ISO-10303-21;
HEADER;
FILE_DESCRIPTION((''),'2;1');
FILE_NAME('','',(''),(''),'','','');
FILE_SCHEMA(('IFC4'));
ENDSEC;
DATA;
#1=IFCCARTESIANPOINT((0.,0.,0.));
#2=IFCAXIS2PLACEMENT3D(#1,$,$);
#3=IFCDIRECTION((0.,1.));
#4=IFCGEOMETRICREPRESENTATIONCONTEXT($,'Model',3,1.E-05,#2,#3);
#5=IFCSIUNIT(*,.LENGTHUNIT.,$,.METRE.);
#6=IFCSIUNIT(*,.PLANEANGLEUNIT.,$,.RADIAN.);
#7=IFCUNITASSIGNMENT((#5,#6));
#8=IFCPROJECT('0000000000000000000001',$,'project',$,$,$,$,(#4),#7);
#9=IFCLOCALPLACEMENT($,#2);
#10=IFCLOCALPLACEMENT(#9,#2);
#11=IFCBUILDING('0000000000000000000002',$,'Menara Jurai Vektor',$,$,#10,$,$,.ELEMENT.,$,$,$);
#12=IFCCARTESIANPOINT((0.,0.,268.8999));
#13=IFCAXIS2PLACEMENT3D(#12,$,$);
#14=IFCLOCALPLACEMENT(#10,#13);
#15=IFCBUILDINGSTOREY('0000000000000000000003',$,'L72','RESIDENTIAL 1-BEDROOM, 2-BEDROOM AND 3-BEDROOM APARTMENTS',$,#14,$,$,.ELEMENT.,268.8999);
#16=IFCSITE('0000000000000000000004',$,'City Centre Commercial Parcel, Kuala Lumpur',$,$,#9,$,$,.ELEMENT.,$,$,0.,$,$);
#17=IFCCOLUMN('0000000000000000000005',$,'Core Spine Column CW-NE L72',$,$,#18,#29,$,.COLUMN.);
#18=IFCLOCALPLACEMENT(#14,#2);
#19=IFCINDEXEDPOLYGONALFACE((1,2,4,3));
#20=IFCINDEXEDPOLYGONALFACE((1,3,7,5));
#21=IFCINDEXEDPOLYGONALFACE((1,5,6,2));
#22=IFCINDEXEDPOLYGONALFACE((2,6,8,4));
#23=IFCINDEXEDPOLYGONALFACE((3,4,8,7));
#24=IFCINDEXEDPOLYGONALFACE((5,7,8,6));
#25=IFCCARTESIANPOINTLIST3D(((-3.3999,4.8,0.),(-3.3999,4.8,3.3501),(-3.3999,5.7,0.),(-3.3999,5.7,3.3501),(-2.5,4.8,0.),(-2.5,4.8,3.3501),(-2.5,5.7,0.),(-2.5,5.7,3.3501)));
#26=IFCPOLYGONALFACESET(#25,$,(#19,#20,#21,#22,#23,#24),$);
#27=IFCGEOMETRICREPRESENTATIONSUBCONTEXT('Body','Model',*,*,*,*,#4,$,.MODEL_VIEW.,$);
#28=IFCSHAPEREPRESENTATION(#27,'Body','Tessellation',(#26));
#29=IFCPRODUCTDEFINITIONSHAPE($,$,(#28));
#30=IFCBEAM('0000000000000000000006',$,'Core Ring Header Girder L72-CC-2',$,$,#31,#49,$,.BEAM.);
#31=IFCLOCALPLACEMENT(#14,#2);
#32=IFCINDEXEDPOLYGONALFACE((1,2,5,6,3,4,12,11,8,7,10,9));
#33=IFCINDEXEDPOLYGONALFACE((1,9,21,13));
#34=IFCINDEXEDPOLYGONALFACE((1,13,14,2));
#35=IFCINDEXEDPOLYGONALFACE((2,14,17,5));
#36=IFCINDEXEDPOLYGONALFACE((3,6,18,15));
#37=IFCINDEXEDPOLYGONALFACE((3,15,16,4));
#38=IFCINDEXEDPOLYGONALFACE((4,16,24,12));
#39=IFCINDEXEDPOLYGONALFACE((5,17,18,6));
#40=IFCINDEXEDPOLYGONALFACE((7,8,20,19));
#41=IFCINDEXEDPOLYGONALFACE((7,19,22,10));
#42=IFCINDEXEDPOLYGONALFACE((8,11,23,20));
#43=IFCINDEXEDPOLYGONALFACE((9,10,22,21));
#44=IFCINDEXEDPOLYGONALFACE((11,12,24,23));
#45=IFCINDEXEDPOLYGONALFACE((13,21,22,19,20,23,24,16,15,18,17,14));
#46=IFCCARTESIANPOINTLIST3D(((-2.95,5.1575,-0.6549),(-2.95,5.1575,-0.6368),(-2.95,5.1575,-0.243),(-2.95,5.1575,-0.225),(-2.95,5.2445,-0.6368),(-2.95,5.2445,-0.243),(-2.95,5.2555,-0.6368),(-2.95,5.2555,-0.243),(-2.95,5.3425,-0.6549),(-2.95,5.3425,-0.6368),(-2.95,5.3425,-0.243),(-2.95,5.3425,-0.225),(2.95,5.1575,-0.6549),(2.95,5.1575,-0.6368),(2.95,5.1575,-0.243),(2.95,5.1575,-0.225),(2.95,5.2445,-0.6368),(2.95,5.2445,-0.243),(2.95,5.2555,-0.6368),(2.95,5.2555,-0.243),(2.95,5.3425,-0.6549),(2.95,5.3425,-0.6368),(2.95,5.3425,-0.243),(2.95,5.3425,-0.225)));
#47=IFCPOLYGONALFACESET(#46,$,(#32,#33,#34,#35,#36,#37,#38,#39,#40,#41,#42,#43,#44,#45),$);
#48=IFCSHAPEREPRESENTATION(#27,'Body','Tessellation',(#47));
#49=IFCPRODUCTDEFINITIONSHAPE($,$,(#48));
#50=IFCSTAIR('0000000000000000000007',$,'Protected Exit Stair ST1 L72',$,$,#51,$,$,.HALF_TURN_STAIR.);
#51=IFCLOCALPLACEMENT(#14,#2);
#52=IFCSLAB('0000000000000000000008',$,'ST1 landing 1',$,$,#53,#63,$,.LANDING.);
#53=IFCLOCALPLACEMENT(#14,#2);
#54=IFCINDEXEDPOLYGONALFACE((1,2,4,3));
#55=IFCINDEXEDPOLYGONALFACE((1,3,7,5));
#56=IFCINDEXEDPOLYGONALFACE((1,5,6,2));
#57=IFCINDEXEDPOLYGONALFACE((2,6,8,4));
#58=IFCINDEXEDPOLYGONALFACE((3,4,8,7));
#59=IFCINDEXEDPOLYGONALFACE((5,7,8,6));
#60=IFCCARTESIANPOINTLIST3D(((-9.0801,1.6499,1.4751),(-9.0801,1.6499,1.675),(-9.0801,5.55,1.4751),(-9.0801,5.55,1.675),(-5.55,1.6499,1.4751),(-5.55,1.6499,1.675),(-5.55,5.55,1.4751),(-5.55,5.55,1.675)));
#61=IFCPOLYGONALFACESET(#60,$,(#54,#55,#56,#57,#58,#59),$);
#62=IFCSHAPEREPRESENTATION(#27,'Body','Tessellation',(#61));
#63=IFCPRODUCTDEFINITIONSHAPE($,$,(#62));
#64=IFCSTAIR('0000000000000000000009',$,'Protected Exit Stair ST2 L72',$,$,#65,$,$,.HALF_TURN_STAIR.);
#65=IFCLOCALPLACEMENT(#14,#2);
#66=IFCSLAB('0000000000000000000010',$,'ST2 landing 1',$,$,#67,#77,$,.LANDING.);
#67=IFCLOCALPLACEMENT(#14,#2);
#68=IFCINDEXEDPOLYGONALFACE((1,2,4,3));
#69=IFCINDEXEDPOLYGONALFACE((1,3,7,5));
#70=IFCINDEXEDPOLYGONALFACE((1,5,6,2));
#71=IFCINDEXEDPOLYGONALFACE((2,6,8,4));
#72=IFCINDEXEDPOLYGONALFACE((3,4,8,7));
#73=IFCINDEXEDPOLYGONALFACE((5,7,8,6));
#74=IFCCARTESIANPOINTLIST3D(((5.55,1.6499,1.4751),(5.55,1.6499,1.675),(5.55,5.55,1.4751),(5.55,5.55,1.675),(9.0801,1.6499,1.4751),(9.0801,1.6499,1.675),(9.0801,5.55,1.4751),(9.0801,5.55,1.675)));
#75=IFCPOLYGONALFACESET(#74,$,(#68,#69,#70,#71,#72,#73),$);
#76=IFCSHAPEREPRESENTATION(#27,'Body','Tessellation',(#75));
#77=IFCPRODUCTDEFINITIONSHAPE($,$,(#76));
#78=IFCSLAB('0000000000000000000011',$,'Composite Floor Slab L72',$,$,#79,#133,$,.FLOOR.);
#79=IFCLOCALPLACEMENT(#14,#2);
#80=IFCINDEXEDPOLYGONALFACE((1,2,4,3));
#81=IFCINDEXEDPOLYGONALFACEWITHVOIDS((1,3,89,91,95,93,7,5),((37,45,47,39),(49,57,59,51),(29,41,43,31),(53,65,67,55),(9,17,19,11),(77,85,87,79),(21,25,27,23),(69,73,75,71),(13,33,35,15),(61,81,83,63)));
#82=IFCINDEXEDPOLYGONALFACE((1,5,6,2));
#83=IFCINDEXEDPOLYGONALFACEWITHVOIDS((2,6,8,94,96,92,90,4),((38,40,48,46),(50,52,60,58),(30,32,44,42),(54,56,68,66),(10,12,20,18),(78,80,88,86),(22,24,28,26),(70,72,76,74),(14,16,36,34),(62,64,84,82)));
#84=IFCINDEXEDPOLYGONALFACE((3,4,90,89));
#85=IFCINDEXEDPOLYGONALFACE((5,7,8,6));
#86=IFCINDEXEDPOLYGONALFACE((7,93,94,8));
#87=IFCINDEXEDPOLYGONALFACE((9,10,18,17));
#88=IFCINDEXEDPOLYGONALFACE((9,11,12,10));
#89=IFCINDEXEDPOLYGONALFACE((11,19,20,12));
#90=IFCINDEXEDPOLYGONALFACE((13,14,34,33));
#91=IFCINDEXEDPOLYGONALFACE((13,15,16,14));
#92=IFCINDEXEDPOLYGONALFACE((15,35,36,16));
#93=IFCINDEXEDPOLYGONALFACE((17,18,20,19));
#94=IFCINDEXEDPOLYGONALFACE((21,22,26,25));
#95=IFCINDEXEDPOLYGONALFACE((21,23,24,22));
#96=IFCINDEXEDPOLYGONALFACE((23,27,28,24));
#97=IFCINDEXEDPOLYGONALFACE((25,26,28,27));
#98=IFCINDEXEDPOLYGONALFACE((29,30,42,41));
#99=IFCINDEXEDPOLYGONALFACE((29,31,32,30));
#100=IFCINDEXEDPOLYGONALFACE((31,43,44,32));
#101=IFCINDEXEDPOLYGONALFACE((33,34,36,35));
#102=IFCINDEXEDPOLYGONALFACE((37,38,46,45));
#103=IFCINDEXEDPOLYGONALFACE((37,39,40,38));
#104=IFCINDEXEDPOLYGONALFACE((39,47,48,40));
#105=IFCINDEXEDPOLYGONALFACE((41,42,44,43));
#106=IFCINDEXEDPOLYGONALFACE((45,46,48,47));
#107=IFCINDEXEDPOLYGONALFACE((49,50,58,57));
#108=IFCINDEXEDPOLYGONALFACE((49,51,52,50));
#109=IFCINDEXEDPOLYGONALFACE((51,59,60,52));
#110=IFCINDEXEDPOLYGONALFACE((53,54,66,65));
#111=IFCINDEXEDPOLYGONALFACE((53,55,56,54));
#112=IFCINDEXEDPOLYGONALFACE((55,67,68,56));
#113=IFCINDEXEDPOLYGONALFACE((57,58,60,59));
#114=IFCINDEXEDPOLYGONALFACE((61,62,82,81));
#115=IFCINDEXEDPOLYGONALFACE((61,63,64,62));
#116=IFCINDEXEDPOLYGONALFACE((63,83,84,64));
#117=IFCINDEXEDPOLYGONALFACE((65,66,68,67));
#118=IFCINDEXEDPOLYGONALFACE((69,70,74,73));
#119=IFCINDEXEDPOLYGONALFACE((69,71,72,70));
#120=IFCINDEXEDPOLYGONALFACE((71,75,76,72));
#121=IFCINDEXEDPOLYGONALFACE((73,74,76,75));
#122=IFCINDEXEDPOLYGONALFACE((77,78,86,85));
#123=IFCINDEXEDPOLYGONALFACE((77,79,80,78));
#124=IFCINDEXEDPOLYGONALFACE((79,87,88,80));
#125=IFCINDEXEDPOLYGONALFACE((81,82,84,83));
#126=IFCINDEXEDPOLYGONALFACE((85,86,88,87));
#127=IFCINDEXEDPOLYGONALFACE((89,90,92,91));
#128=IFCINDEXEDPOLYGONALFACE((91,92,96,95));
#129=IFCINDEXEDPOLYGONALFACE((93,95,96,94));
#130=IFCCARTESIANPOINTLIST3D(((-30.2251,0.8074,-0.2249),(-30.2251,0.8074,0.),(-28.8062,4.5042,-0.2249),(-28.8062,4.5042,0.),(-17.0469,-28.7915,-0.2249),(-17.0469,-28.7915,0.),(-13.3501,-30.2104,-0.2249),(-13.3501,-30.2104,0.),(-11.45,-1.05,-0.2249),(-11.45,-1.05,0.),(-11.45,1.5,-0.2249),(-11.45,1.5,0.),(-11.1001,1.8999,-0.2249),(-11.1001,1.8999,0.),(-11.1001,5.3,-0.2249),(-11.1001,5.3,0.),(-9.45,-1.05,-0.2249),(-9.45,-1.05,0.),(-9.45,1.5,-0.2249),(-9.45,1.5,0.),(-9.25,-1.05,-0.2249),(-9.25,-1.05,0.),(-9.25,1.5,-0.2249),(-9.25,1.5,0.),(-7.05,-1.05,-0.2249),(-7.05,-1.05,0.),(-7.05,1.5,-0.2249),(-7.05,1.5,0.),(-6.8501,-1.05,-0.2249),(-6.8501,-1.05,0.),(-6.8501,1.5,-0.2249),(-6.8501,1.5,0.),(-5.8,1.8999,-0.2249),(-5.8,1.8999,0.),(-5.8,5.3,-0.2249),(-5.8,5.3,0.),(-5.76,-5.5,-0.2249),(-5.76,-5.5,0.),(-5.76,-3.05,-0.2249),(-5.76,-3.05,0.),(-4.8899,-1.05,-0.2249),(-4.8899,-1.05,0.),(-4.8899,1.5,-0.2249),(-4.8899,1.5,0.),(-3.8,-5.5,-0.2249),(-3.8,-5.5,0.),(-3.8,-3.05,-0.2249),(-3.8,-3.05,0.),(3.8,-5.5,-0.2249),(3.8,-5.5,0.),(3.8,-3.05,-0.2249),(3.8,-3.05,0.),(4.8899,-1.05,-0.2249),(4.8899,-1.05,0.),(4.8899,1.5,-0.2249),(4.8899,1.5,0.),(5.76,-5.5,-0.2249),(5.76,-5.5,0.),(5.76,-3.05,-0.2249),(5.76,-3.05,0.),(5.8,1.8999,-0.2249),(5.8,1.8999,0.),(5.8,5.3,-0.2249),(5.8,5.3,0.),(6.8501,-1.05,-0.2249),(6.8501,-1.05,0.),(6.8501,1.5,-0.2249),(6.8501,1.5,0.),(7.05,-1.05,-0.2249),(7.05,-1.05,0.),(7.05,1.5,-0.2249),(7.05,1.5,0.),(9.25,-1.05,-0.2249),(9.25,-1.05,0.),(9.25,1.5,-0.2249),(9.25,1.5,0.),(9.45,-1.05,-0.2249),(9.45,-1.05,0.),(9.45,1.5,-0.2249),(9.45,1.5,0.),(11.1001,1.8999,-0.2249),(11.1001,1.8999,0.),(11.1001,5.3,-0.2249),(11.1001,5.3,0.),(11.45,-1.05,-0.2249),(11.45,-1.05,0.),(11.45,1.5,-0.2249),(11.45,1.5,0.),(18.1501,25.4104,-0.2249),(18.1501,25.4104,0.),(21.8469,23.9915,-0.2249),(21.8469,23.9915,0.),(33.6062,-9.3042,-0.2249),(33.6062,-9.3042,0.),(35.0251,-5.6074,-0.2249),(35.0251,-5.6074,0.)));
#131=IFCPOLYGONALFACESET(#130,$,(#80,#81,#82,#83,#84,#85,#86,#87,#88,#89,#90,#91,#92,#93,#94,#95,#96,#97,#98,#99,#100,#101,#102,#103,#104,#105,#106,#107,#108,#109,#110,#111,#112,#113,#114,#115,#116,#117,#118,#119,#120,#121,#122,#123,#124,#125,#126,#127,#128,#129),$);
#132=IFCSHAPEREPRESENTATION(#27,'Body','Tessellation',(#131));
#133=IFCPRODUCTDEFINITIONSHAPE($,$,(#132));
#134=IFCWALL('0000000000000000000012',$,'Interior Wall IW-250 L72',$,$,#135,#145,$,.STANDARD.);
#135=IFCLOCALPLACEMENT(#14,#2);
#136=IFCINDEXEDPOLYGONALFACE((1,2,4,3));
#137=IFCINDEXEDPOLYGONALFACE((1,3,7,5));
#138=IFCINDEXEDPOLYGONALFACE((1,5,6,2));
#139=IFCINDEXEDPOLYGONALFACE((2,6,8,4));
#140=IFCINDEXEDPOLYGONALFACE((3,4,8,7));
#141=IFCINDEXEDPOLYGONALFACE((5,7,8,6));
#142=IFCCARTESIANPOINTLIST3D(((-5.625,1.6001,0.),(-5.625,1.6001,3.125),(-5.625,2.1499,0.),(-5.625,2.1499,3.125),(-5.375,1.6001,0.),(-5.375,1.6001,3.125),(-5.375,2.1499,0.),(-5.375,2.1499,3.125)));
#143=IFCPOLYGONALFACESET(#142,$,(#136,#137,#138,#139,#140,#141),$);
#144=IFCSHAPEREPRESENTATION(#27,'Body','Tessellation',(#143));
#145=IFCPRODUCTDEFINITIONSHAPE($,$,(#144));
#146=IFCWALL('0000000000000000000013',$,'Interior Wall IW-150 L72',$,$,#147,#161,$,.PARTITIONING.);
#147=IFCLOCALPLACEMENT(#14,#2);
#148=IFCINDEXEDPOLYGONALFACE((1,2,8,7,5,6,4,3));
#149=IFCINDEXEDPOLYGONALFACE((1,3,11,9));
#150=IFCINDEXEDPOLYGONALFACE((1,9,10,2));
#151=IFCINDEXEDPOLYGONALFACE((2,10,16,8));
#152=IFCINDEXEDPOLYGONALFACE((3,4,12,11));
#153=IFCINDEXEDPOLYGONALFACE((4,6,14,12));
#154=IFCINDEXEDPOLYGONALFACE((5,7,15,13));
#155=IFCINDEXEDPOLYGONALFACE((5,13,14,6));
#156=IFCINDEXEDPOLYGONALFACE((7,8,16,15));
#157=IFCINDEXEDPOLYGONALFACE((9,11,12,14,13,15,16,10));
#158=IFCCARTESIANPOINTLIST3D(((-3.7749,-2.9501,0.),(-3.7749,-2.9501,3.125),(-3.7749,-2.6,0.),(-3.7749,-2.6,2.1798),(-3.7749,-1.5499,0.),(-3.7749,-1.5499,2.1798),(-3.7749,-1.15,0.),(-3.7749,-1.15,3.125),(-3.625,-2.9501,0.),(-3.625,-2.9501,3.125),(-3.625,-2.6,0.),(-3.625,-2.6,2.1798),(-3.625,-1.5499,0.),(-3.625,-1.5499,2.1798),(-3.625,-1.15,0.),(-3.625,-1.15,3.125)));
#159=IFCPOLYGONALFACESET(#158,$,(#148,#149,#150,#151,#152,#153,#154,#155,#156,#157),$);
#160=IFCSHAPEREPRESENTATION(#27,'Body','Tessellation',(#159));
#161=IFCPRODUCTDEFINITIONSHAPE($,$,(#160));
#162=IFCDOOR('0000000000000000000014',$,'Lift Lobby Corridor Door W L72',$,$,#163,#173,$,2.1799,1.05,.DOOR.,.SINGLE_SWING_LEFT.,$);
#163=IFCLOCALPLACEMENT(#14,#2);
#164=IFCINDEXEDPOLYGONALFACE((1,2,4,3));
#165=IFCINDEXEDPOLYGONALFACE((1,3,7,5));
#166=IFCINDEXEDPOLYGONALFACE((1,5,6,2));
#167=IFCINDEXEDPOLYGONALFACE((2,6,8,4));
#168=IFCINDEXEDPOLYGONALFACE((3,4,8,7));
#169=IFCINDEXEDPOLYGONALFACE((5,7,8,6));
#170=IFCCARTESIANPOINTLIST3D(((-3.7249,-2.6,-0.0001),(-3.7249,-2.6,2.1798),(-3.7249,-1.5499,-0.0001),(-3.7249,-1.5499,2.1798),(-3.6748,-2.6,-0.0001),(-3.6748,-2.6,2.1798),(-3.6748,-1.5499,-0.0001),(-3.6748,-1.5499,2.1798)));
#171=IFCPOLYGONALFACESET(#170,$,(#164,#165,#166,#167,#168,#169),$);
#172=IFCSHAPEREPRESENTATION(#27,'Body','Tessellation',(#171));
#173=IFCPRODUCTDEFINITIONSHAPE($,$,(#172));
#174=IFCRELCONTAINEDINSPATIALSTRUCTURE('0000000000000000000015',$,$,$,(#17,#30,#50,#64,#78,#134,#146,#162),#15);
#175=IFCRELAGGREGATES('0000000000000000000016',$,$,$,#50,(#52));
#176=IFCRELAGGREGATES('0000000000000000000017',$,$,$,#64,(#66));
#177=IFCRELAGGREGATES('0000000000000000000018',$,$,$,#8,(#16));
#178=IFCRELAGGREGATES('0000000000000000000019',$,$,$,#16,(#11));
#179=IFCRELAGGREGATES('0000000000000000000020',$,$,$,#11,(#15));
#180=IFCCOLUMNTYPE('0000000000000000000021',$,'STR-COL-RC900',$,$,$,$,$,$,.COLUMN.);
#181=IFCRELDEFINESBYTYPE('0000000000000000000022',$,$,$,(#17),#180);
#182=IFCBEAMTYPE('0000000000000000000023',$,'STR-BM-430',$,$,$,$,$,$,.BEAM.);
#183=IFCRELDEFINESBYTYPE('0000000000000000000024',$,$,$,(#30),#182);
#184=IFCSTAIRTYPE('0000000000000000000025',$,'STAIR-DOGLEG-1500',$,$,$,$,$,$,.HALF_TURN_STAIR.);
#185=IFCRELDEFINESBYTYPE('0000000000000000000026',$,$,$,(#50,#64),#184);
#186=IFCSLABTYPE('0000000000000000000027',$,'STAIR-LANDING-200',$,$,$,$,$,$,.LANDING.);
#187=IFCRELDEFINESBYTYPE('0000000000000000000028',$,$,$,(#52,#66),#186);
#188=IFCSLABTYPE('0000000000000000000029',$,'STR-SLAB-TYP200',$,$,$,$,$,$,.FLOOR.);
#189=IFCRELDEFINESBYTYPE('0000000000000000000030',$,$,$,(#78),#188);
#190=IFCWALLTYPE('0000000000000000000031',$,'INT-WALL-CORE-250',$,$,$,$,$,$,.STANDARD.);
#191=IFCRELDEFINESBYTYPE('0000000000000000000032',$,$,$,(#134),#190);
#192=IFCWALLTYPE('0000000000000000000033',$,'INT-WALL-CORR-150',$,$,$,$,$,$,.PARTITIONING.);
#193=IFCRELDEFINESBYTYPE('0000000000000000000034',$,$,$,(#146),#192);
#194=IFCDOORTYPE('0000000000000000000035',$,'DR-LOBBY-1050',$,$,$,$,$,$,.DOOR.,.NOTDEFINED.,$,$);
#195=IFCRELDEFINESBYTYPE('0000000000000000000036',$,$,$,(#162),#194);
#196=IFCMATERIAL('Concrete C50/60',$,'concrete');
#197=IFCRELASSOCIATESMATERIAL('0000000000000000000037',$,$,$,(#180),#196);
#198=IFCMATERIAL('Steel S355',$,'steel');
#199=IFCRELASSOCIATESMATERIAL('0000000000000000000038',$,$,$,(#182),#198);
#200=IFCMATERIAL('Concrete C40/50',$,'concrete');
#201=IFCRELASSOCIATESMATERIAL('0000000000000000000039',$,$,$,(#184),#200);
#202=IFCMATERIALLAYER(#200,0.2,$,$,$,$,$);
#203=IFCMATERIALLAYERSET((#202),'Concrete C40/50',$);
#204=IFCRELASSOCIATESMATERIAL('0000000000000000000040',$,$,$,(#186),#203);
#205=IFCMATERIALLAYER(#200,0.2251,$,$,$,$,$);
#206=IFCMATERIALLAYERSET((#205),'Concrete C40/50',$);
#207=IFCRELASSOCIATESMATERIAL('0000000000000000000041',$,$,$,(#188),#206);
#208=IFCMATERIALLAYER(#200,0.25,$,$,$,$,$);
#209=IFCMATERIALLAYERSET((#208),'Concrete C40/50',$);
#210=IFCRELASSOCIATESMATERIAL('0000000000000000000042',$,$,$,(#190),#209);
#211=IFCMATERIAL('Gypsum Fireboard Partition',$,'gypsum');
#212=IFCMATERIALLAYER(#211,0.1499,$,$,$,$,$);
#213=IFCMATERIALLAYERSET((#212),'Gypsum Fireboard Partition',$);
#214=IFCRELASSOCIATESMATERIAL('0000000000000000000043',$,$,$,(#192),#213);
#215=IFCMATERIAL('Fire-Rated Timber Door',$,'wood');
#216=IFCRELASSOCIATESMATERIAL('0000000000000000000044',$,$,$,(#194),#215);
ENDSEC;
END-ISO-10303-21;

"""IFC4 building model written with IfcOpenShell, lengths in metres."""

from ifc_helpers import new_model, si_unit, direction, frame, frame_2d, origin, origin_2d, place, context, subcontext, project, spatial, polyline, rectangle, i_section, outline, extrude, material, layer, layer_set, material_profile, profile_set, type_object, element, fill, aggregate, save


model = new_model("IFC4")

# Units and contexts
model_context = context("Model", 3, precision=1e-05, world=origin(), true_north=direction((0.0, 1.0)))
body_context = subcontext(model_context, "Body", "Model", "MODEL_VIEW")
ifc_project = project(units=[si_unit("LENGTHUNIT", "METRE"), si_unit("PLANEANGLEUNIT", "RADIAN")], contexts=[model_context])

# Site, building, storey
site_placement = place(None, origin())
site = spatial("IfcSite", under=ifc_project, at=site_placement, Name="City Centre Commercial Parcel, Kuala Lumpur", CompositionType="ELEMENT", RefElevation=0.0)
building_placement = place(site_placement, origin())
building = spatial("IfcBuilding", under=site, at=building_placement, Name="Menara Jurai Vektor", CompositionType="ELEMENT")
storey_placement = place(building_placement, frame((0.0, 0.0, 268.8999)))
storey = spatial("IfcBuildingStorey", under=building, at=storey_placement, Name="L72", Description="RESIDENTIAL 1-BEDROOM, 2-BEDROOM AND 3-BEDROOM APARTMENTS", CompositionType="ELEMENT", Elevation=268.8999)

# Column
ifc_material_1 = material(Name="Concrete C50/60", Category="concrete")
ifc_material_profile_1 = material_profile(ifc_material_1, rectangle(XDim=0.8999, YDim=0.8999, at=origin_2d()), Name="RC 900x900")
ifc_profile_set_1 = profile_set([ifc_material_profile_1], Name="Concrete C50/60")
column_type = type_object("IfcColumnType", Name="STR-COL-RC900", PredefinedType="COLUMN", material=ifc_profile_set_1)
column_placement = place(storey_placement, frame((-2.95, 5.25, 0.0), z_axis=(0.0, 0.0, 1.0), x_axis=(1.0, 0.0, 0.0)))
element("IfcColumn", 1, at=column_placement, inside=storey, type_object=column_type, Name="Core Spine Column CW-NE L72", PredefinedType="COLUMN", context=body_context, shape_type="SweptSolid", body=[
    extrude(rectangle(XDim=0.8999, YDim=0.8999, at=origin_2d()), origin(), (0.0, 0.0, 1.0), 3.3501),
])

# Beam
ifc_material_2 = material(Name="Steel S355", Category="steel")
ifc_material_profile_2 = material_profile(ifc_material_2, i_section(OverallWidth=0.1851, OverallDepth=0.4299, WebThickness=0.011, FlangeThickness=0.0181, at=origin_2d()), Name="PG 430x185x76")
ifc_profile_set_2 = profile_set([ifc_material_profile_2], Name="Steel S355")
beam_type = type_object("IfcBeamType", Name="STR-BM-430", PredefinedType="BEAM", material=ifc_profile_set_2)
beam_placement = place(storey_placement, frame((-2.95, 5.25, -0.4399), z_axis=(1.0, 0.0, 0.0), x_axis=(0.0, 1.0, 0.0)))
element("IfcBeam", 2, at=beam_placement, inside=storey, type_object=beam_type, Name="Core Ring Header Girder L72-CC-2", PredefinedType="BEAM", context=body_context, shape_type="SweptSolid", body=[
    extrude(i_section(OverallWidth=0.1851, OverallDepth=0.4299, WebThickness=0.011, FlangeThickness=0.0181, at=origin_2d()), origin(), (0.0, 0.0, 1.0), 5.8999),
])

# Stairs, slabs
ifc_material_3 = material(Name="Concrete C40/50", Category="concrete")
stair_type = type_object("IfcStairType", Name="STAIR-DOGLEG-1500", PredefinedType="HALF_TURN_STAIR", material=ifc_material_3)
stair_1_placement = place(storey_placement, origin())
stair_1 = element("IfcStair", 3, at=stair_1_placement, inside=storey, type_object=stair_type, Name="Protected Exit Stair ST1 L72", PredefinedType="HALF_TURN_STAIR")
ifc_layer_1 = layer(ifc_material_3, 0.2)
ifc_layer_set_1 = layer_set([ifc_layer_1], Name="Concrete C40/50")
slab_type_1 = type_object("IfcSlabType", Name="STAIR-LANDING-200", PredefinedType="LANDING", material=ifc_layer_set_1)
slab_1_placement = place(storey_placement, frame((0.0, 0.0, 1.4751)))
slab_1 = element("IfcSlab", 4, at=slab_1_placement, type_object=slab_type_1, Name="ST1 landing 1", PredefinedType="LANDING", context=body_context, shape_type="SweptSolid", body=[
    extrude(outline(polyline([(-9.0801, 1.6499), (-5.55, 1.6499), (-5.55, 5.55), (-9.0801, 5.55), (-9.0801, 1.6499)])), origin(), (0.0, 0.0, 1.0), 0.2),
])
aggregate(stair_1, [slab_1])
stair_2_placement = place(storey_placement, origin())
stair_2 = element("IfcStair", 5, at=stair_2_placement, inside=storey, type_object=stair_type, Name="Protected Exit Stair ST2 L72", PredefinedType="HALF_TURN_STAIR")
slab_2_placement = place(storey_placement, frame((0.0, 0.0, 1.4751)))
slab_2 = element("IfcSlab", 6, at=slab_2_placement, type_object=slab_type_1, Name="ST2 landing 1", PredefinedType="LANDING", context=body_context, shape_type="SweptSolid", body=[
    extrude(outline(polyline([(5.55, 1.6499), (9.0801, 1.6499), (9.0801, 5.55), (5.55, 5.55), (5.55, 1.6499)])), origin(), (0.0, 0.0, 1.0), 0.2),
])
aggregate(stair_2, [slab_2])

# Slab
ifc_layer_2 = layer(ifc_material_3, 0.2251)
ifc_layer_set_2 = layer_set([ifc_layer_2], Name="Concrete C40/50")
slab_type_2 = type_object("IfcSlabType", Name="STR-SLAB-TYP200", PredefinedType="FLOOR", material=ifc_layer_set_2)
slab_3_placement = place(storey_placement, frame((0.0, 0.0, -0.2249)))
element("IfcSlab", 7, at=slab_3_placement, inside=storey, type_object=slab_type_2, Name="Composite Floor Slab L72", PredefinedType="FLOOR", context=body_context, shape_type="SweptSolid", body=[
    extrude(outline(polyline([(-13.3501, -30.2104), (33.6062, -9.3042), (35.0251, -5.6074), (21.8469, 23.9915), (18.1501, 25.4104), (-28.8062, 4.5042), (-30.2251, 0.8074), (-17.0469, -28.7915), (-13.3501, -30.2104)]), holes=[polyline([(-11.1001, 1.8999), (-11.1001, 5.3), (-5.8, 5.3), (-5.8, 1.8999), (-11.1001, 1.8999)]), polyline([(5.8, 1.8999), (5.8, 5.3), (11.1001, 5.3), (11.1001, 1.8999), (5.8, 1.8999)]), polyline([(-11.45, -1.05), (-11.45, 1.5), (-9.45, 1.5), (-9.45, -1.05), (-11.45, -1.05)]), polyline([(9.45, -1.05), (9.45, 1.5), (11.45, 1.5), (11.45, -1.05), (9.45, -1.05)]), polyline([(-5.76, -5.5), (-5.76, -3.05), (-3.8, -3.05), (-3.8, -5.5), (-5.76, -5.5)]), polyline([(-6.8501, -1.05), (-6.8501, 1.5), (-4.8899, 1.5), (-4.8899, -1.05), (-6.8501, -1.05)]), polyline([(3.8, -5.5), (3.8, -3.05), (5.76, -3.05), (5.76, -5.5), (3.8, -5.5)]), polyline([(4.8899, -1.05), (4.8899, 1.5), (6.8501, 1.5), (6.8501, -1.05), (4.8899, -1.05)]), polyline([(-9.25, -1.05), (-9.25, 1.5), (-7.05, 1.5), (-7.05, -1.05), (-9.25, -1.05)]), polyline([(7.05, -1.05), (7.05, 1.5), (9.25, 1.5), (9.25, -1.05), (7.05, -1.05)])]), origin(), (0.0, 0.0, 1.0), 0.2249),
])

# Wall
ifc_layer_3 = layer(ifc_material_3, 0.25)
ifc_layer_set_3 = layer_set([ifc_layer_3], Name="Concrete C40/50")
wall_type_1 = type_object("IfcWallType", Name="INT-WALL-CORE-250", PredefinedType="STANDARD", material=ifc_layer_set_3)
wall_1_placement = place(storey_placement, frame((-5.5, 1.6001, 0.0), z_axis=(0.0, 0.0, 1.0), x_axis=(0.0, 1.0, 0.0)))
element("IfcWall", 8, at=wall_1_placement, inside=storey, type_object=wall_type_1, Name="Interior Wall IW-250 L72", PredefinedType="STANDARD", context=body_context, shape_type="SweptSolid", body=[
    extrude(rectangle(XDim=0.5498, YDim=0.25, at=frame_2d((0.2749, 0.0))), origin(), (0.0, 0.0, 1.0), 3.125),
])

# Wall, opening, door
ifc_material_4 = material(Name="Gypsum Fireboard Partition", Category="gypsum")
ifc_layer_4 = layer(ifc_material_4, 0.1499)
ifc_layer_set_4 = layer_set([ifc_layer_4], Name="Gypsum Fireboard Partition")
wall_type_2 = type_object("IfcWallType", Name="INT-WALL-CORR-150", PredefinedType="PARTITIONING", material=ifc_layer_set_4)
wall_2_placement = place(storey_placement, frame((-3.7, -2.95, 0.0), z_axis=(0.0, 0.0, 1.0), x_axis=(0.0, 1.0, 0.0)))
wall_2 = element("IfcWall", 9, at=wall_2_placement, inside=storey, type_object=wall_type_2, Name="Interior Wall IW-150 L72", PredefinedType="PARTITIONING", context=body_context, shape_type="SweptSolid", body=[
    extrude(rectangle(XDim=1.8, YDim=0.1499, at=frame_2d((0.8999, 0.0))), origin(), (0.0, 0.0, 1.0), 3.125),
])
opening_1_placement = place(wall_2_placement, frame((0.3501, 0.0, 0.0)))
opening_1 = element("IfcOpeningElement", 10, at=opening_1_placement, cuts=wall_2, PredefinedType="OPENING", context=body_context, shape_type="SweptSolid", body=[
    extrude(rectangle(XDim=1.05, YDim=2.1799, at=frame_2d((0.5249, 1.0898))), frame((0.0, 0.085, 0.0), z_axis=(0.0, -1.0, 0.0), x_axis=(1.0, 0.0, 0.0)), (0.0, 0.0, 1.0), 0.1699),
])
ifc_material_5 = material(Name="Fire-Rated Timber Door", Category="wood")
door_type_1 = type_object("IfcDoorType", Name="DR-LOBBY-1050", OperationType="NOTDEFINED", PredefinedType="DOOR", material=ifc_material_5)
door_1_placement = place(opening_1_placement, origin())
door_1 = element("IfcDoor", 11, at=door_1_placement, inside=storey, type_object=door_type_1, Name="Lift Lobby Corridor Door W L72", OperationType="SINGLE_SWING_LEFT", OverallHeight=2.1799, OverallWidth=1.05, PredefinedType="DOOR", context=body_context, shape_type="SweptSolid", body=[
    extrude(rectangle(XDim=1.05, YDim=2.1799, at=frame_2d((0.5249, 1.0898))), frame((0.0, 0.0249, 0.0), z_axis=(0.0, -1.0, 0.0), x_axis=(1.0, 0.0, 0.0)), (0.0, 0.0, 1.0), 0.05),
])
fill(opening_1, door_1)

save(model, "model.ifc")
